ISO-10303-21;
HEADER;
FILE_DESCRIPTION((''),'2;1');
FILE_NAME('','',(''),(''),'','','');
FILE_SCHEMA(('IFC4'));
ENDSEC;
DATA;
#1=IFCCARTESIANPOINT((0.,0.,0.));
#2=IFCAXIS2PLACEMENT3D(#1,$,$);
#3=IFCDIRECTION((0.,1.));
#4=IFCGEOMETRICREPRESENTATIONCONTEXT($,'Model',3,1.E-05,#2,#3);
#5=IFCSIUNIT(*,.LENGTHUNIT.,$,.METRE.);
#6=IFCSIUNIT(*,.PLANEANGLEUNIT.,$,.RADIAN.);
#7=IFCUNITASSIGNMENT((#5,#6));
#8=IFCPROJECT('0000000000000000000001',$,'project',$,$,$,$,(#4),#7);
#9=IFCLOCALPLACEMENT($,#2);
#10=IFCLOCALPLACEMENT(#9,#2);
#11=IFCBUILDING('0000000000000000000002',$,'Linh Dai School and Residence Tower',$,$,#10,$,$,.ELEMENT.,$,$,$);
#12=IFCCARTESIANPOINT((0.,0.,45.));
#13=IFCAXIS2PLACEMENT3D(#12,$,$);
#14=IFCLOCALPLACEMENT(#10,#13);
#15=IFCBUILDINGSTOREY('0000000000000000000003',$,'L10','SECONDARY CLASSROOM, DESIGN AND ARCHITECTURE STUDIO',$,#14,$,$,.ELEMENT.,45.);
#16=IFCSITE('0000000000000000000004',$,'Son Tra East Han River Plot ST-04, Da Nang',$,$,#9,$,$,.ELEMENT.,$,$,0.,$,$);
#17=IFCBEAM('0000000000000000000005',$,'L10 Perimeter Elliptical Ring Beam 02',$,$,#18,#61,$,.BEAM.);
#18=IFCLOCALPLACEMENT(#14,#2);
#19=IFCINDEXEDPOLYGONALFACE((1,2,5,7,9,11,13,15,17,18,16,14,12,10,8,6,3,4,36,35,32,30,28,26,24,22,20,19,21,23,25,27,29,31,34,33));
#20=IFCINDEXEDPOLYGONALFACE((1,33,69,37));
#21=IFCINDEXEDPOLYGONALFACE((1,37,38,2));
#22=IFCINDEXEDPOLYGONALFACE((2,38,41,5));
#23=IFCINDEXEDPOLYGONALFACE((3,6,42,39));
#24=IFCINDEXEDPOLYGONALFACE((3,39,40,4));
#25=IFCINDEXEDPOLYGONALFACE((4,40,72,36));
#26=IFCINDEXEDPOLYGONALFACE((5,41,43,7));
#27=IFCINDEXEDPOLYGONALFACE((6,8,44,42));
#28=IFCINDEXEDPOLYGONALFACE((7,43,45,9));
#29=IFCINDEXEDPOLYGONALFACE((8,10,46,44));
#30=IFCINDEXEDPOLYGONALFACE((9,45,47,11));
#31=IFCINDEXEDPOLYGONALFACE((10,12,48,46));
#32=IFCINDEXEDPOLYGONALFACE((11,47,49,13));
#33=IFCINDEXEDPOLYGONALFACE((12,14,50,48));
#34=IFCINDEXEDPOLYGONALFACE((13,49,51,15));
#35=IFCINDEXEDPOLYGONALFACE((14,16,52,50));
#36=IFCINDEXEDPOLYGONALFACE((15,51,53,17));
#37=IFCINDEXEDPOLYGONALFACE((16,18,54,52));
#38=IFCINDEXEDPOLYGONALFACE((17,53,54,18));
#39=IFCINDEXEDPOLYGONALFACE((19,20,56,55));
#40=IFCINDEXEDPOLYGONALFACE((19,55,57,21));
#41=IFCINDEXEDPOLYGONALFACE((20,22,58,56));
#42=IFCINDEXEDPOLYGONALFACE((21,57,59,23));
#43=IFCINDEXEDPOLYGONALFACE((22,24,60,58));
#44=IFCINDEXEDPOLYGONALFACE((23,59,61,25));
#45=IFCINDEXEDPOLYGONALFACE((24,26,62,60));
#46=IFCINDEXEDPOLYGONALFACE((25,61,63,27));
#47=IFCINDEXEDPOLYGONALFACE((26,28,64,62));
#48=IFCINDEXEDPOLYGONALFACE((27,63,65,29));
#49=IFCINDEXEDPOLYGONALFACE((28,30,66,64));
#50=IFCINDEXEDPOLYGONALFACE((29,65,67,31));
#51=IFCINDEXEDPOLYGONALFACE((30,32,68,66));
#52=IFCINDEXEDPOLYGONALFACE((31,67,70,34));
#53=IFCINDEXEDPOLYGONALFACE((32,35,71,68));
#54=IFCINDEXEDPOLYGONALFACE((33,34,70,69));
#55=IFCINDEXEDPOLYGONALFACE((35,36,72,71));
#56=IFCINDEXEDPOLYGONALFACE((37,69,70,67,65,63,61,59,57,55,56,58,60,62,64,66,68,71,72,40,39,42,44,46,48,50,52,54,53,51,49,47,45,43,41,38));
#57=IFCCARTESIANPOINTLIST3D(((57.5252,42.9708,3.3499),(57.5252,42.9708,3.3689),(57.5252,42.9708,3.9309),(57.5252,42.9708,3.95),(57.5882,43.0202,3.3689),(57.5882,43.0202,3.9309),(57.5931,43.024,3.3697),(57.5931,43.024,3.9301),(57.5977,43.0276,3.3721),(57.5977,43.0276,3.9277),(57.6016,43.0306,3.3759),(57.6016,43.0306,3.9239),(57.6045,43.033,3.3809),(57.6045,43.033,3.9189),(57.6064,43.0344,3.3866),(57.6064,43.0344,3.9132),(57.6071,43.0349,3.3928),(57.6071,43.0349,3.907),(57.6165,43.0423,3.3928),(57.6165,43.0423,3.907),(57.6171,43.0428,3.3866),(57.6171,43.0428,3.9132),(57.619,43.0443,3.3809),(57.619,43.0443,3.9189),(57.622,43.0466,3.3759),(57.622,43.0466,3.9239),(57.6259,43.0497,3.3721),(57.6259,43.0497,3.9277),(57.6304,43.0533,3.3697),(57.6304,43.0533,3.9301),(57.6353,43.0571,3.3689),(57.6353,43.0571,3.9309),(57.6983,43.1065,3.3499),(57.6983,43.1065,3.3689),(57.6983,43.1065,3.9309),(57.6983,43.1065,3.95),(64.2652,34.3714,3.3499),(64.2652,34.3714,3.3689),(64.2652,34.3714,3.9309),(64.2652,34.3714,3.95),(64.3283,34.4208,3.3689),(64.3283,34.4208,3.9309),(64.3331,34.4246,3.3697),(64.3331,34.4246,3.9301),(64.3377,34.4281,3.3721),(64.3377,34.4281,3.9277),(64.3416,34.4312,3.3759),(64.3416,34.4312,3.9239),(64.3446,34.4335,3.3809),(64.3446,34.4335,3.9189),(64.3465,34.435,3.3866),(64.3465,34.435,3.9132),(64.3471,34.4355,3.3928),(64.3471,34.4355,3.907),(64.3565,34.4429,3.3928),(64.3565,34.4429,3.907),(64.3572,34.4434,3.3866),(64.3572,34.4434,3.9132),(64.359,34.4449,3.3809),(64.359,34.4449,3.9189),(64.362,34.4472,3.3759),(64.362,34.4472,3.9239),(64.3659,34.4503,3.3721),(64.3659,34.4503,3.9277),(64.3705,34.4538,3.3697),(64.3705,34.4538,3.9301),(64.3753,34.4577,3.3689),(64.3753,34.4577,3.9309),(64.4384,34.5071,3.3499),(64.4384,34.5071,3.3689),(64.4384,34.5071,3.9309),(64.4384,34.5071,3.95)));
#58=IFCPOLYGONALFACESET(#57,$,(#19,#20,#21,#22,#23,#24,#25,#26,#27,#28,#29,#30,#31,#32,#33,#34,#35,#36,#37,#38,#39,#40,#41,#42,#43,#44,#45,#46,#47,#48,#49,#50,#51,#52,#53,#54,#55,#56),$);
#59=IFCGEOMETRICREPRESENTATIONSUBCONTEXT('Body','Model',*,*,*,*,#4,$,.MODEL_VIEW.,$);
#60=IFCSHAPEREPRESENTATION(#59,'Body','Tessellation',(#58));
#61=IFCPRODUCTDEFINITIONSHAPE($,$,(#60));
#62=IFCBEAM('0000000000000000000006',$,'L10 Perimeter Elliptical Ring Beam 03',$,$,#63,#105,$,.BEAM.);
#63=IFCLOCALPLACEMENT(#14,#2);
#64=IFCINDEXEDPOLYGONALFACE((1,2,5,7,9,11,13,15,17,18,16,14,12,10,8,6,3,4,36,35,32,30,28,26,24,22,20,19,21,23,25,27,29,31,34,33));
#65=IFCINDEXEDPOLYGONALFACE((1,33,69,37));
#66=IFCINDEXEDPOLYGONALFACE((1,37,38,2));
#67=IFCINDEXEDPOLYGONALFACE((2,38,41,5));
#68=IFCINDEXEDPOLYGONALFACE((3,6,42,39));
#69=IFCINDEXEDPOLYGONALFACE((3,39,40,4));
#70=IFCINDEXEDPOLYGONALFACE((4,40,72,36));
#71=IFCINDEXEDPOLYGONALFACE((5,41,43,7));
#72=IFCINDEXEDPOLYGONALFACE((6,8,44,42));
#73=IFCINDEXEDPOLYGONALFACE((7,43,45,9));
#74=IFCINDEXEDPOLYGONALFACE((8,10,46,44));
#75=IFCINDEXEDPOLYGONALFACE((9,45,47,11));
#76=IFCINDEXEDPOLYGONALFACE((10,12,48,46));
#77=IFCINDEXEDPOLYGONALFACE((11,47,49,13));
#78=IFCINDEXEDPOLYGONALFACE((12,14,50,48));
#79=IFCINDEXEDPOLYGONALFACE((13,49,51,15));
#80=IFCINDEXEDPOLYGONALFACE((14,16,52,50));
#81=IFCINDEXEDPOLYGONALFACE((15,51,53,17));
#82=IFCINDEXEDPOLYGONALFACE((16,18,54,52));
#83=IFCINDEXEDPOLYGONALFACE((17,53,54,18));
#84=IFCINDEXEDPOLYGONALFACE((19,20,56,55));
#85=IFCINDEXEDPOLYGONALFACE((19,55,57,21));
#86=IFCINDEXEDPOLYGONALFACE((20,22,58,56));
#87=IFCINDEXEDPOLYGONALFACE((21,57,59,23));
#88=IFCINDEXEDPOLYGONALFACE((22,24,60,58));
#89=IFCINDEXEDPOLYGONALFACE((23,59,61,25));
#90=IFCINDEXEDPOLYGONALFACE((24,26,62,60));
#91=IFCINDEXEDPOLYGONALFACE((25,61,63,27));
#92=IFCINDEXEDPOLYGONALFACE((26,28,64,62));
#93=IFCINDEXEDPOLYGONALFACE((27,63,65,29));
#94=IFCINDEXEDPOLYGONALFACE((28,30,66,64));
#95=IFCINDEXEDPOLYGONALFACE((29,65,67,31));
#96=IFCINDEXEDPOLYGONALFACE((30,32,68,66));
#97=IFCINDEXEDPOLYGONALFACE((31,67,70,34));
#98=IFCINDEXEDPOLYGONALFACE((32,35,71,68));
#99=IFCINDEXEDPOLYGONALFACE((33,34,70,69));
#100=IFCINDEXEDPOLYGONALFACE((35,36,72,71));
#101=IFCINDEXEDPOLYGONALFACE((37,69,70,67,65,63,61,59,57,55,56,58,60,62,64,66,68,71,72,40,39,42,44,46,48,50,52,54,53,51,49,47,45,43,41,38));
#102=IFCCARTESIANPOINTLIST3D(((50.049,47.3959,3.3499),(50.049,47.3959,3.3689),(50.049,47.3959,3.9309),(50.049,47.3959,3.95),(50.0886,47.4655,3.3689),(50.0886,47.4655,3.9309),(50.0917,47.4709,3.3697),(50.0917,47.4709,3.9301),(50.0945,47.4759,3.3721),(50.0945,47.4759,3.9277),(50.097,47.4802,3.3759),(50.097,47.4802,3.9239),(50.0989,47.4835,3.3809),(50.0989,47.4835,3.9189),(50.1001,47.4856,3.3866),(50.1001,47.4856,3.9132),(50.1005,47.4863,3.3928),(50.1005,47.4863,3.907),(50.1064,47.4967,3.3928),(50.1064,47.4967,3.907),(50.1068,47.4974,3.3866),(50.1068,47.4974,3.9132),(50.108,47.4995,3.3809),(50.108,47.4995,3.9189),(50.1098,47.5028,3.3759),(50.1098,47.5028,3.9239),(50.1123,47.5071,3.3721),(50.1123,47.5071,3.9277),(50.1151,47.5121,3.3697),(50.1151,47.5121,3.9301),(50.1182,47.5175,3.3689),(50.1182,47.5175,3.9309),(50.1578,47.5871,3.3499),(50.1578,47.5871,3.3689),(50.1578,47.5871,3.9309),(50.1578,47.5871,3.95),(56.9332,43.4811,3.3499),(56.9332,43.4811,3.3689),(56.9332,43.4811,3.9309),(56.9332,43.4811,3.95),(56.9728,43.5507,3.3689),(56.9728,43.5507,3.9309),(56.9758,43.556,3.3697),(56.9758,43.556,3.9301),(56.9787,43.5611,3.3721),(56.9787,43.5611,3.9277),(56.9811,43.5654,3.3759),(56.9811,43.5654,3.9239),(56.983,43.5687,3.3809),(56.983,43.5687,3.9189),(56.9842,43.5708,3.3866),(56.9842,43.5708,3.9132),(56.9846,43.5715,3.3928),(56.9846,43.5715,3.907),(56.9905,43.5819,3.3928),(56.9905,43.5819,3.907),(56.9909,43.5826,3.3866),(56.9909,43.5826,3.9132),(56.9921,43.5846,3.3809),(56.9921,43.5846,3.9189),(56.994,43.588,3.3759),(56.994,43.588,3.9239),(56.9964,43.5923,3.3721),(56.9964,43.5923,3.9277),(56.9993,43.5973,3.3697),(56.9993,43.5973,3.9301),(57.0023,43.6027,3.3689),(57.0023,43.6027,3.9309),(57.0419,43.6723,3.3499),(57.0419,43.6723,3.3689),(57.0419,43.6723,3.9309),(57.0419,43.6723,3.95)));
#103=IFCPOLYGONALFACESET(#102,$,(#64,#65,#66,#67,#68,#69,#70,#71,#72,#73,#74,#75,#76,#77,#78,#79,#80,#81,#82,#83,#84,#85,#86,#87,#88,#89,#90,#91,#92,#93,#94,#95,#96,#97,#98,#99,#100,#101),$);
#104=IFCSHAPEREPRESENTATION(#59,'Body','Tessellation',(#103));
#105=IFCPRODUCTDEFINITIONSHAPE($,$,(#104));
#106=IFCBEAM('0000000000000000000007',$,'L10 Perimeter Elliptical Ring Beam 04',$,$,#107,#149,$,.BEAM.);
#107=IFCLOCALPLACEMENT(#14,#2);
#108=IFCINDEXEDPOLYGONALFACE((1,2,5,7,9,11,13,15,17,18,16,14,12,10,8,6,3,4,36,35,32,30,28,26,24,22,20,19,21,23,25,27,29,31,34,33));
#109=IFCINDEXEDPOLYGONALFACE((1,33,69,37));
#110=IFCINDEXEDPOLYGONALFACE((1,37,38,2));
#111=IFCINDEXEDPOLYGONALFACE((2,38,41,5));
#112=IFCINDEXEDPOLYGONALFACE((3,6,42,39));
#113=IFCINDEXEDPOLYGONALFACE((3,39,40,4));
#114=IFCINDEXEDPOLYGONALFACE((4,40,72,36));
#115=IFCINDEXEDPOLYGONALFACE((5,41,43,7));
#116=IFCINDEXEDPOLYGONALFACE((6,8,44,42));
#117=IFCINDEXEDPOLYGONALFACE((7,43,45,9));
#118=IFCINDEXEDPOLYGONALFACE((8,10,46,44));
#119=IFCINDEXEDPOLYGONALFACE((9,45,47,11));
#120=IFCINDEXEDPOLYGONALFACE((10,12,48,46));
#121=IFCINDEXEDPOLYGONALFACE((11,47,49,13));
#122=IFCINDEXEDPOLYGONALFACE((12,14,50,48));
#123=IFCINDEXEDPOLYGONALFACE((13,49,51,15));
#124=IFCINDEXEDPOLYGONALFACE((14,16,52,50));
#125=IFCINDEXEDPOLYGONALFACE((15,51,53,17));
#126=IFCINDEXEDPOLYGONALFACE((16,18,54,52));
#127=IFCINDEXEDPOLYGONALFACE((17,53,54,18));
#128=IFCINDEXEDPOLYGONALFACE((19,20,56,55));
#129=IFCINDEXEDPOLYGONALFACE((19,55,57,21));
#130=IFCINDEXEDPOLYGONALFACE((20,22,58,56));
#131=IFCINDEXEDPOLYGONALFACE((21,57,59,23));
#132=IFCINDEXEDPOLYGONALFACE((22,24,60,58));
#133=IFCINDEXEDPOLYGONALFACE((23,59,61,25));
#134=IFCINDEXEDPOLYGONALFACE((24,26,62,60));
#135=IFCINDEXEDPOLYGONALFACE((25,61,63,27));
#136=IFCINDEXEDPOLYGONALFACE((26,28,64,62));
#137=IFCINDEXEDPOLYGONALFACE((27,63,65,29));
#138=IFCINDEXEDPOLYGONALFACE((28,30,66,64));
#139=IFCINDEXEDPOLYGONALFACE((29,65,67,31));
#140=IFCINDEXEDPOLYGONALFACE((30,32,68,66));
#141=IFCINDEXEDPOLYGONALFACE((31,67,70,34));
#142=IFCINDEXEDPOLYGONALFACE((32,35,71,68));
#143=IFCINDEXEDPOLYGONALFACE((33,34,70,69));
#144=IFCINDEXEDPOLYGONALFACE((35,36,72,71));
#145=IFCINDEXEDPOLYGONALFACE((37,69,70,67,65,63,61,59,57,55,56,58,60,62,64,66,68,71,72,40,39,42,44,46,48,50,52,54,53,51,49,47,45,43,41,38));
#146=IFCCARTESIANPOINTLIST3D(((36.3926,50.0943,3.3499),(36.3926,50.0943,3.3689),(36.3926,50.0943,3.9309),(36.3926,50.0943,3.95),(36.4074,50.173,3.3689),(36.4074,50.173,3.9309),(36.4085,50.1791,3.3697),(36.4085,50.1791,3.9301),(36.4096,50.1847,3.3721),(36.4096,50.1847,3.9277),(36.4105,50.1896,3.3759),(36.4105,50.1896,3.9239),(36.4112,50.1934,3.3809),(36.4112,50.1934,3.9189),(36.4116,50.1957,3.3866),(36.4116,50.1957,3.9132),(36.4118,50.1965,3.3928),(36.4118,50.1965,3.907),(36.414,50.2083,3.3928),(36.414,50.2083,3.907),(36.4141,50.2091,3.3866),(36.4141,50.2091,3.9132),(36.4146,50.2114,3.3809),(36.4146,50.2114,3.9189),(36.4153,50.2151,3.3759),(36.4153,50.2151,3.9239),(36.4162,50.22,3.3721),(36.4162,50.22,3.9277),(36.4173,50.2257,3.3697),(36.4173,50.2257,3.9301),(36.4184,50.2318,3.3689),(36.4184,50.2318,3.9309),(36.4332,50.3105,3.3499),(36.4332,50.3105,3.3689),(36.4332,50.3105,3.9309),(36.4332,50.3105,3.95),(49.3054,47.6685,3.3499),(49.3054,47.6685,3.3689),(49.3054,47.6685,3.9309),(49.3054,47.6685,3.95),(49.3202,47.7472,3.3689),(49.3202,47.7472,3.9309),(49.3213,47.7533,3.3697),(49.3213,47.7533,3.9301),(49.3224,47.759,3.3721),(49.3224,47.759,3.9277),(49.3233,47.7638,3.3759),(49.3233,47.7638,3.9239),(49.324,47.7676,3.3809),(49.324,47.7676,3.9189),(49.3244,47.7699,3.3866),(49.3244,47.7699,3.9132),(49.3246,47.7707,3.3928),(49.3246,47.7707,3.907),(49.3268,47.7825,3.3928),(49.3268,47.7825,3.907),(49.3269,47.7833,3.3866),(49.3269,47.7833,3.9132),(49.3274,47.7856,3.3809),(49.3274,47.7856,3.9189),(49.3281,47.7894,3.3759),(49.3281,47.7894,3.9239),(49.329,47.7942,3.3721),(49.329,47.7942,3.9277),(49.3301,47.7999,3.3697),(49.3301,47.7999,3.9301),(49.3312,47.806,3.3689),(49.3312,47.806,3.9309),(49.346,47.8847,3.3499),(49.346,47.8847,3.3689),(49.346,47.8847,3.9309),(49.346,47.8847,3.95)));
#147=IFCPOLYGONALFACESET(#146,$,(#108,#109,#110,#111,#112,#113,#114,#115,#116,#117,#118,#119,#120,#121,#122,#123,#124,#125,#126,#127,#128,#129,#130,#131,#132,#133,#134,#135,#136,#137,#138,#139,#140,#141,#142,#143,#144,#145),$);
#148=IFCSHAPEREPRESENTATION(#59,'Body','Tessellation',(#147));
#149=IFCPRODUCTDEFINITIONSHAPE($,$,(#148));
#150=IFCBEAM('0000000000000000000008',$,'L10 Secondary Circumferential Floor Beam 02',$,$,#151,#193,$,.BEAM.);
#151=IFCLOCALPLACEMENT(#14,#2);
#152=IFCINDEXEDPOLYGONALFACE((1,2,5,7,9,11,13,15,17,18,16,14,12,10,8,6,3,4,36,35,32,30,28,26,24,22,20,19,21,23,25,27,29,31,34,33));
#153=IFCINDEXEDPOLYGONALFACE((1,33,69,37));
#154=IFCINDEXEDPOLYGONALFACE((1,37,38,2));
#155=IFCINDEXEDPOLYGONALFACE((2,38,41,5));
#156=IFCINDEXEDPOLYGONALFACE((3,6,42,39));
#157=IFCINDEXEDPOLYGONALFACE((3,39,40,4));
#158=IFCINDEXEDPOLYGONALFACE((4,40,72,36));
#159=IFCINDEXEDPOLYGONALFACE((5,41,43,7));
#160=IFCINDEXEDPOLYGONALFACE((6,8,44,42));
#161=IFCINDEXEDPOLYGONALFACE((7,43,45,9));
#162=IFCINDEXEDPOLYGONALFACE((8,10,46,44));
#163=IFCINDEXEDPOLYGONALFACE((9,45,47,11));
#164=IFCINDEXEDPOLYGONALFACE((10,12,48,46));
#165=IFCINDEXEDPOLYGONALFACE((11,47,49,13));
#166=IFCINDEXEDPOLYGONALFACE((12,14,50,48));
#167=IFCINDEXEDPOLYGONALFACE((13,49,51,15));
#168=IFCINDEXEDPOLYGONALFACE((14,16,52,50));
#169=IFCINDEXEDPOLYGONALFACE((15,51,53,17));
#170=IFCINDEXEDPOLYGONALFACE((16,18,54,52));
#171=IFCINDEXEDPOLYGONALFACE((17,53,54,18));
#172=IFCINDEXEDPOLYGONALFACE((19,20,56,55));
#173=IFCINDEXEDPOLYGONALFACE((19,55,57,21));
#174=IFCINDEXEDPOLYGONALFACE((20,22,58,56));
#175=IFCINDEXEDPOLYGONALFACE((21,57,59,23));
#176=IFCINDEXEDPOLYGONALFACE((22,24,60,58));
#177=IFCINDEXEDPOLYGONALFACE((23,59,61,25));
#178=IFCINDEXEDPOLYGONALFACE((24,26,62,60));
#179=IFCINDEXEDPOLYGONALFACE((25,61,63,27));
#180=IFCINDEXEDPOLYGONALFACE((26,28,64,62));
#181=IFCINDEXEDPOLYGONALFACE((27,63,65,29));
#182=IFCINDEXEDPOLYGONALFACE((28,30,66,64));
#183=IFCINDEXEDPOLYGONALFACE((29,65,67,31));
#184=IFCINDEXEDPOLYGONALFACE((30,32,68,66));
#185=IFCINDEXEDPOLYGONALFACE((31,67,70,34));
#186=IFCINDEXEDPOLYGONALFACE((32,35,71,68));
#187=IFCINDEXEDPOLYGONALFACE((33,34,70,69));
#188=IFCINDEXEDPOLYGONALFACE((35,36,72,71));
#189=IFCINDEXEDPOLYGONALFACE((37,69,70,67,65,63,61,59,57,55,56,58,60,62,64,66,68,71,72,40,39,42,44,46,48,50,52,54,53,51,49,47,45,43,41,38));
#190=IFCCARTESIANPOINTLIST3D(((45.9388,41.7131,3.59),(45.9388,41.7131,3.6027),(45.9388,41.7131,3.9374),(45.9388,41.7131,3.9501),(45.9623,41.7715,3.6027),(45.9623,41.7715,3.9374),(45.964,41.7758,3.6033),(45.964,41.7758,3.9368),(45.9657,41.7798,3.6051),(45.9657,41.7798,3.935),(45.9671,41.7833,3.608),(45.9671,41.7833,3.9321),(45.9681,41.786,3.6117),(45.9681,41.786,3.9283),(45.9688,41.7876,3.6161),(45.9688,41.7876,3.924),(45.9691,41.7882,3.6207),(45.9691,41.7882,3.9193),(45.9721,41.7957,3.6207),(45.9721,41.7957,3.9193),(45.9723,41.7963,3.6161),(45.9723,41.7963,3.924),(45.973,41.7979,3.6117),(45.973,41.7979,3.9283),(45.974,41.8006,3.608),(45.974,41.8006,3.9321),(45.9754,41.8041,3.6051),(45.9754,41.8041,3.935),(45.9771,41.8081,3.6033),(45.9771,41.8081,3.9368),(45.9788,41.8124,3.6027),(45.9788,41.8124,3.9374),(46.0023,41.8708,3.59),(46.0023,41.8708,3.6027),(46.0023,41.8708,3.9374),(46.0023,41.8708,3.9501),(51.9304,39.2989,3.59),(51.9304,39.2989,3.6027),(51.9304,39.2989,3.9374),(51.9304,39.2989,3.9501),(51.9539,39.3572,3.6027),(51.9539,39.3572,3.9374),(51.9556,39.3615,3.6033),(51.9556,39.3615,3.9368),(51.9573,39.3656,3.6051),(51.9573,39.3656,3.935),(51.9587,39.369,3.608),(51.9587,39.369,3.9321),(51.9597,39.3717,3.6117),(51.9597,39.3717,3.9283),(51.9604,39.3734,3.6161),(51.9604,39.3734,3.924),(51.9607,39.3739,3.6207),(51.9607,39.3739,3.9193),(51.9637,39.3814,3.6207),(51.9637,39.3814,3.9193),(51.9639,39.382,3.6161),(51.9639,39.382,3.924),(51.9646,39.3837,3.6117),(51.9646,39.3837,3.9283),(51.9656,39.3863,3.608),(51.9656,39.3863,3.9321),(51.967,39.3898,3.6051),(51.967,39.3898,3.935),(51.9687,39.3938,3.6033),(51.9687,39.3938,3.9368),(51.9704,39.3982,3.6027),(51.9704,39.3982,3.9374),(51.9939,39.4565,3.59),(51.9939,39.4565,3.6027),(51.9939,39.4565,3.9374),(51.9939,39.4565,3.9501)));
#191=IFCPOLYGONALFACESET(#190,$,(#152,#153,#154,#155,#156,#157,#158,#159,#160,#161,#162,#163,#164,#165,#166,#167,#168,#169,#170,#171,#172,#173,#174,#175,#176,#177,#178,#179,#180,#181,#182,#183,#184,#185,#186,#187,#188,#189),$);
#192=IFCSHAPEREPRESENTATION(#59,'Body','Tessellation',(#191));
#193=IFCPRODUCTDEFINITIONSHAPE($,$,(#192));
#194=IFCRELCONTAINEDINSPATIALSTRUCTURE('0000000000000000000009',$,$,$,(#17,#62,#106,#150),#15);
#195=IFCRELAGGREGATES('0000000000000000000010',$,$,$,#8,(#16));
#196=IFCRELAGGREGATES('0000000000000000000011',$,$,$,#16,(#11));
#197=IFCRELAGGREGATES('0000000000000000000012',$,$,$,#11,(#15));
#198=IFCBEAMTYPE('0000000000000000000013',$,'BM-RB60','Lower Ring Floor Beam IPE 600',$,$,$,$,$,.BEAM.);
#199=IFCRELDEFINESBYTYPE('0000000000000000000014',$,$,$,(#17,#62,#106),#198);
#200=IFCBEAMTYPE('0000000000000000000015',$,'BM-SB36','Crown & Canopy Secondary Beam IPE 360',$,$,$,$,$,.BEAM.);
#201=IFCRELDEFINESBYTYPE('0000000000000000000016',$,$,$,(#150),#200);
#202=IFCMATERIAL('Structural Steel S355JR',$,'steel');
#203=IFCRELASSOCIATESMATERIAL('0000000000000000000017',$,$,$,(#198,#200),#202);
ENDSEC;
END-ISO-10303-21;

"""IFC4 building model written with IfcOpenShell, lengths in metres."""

from ifc_helpers import new_model, si_unit, direction, frame, origin, origin_2d, place, context, subcontext, project, spatial, i_section, extrude, material, material_profile, profile_set, type_object, element, save


model = new_model("IFC4")

# Units and contexts
model_context = context("Model", 3, precision=1e-05, world=origin(), true_north=direction((0.0, 1.0)))
body_context = subcontext(model_context, "Body", "Model", "MODEL_VIEW")
ifc_project = project(units=[si_unit("LENGTHUNIT", "METRE"), si_unit("PLANEANGLEUNIT", "RADIAN")], contexts=[model_context])

# Site, building, storey
site_placement = place(None, origin())
site = spatial("IfcSite", under=ifc_project, at=site_placement, Name="Son Tra East Han River Plot ST-04, Da Nang", CompositionType="ELEMENT", RefElevation=0.0)
building_placement = place(site_placement, origin())
building = spatial("IfcBuilding", under=site, at=building_placement, Name="Linh Dai School and Residence Tower", CompositionType="ELEMENT")
storey_placement = place(building_placement, frame((0.0, 0.0, 45.0)))
storey = spatial("IfcBuildingStorey", under=building, at=storey_placement, Name="L10", Description="SECONDARY CLASSROOM, DESIGN AND ARCHITECTURE STUDIO", CompositionType="ELEMENT", Elevation=45.0)

# Shared definitions
ifc_material_1 = material(Name="Structural Steel S355JR", Category="steel")

# Beams
ifc_material_profile_1 = material_profile(ifc_material_1, i_section(OverallWidth=0.22, OverallDepth=0.6001, WebThickness=0.012, FlangeThickness=0.019, FilletRadius=0.0239, at=origin_2d()), Name="IPE 600")
ifc_profile_set_1 = profile_set([ifc_material_profile_1], Name="Structural Steel S355JR")
beam_type_1 = type_object("IfcBeamType", Name="BM-RB60", Description="Lower Ring Floor Beam IPE 600", PredefinedType="BEAM", material=ifc_profile_set_1)
beam_1_placement = place(storey_placement, frame((64.3518, 34.4392, 3.6499), z_axis=(-0.616879, 0.787058, 0.0), x_axis=(-0.787058, -0.616879, 0.0)))
element("IfcBeam", 1, at=beam_1_placement, inside=storey, type_object=beam_type_1, Name="L10 Perimeter Elliptical Ring Beam 02", PredefinedType="BEAM", context=body_context, shape_type="SweptSolid", body=[
    extrude(i_section(OverallWidth=0.22, OverallDepth=0.6001, WebThickness=0.012, FlangeThickness=0.019, FilletRadius=0.0239, at=origin_2d()), origin(), (0.0, 0.0, 1.0), 10.926),
])
beam_2_placement = place(storey_placement, frame((56.9875, 43.5767, 3.6499), z_axis=(-0.869271, 0.494335, 0.0), x_axis=(-0.494335, -0.869271, 0.0)))
element("IfcBeam", 2, at=beam_2_placement, inside=storey, type_object=beam_type_1, Name="L10 Perimeter Elliptical Ring Beam 03", PredefinedType="BEAM", context=body_context, shape_type="SweptSolid", body=[
    extrude(i_section(OverallWidth=0.22, OverallDepth=0.6001, WebThickness=0.012, FlangeThickness=0.019, FilletRadius=0.0239, at=origin_2d()), origin(), (0.0, 0.0, 1.0), 7.9194),
])
beam_3_placement = place(storey_placement, frame((49.3257, 47.7766, 3.6499), z_axis=(-0.982808, 0.184628, 0.0), x_axis=(-0.184628, -0.982808, 0.0)))
element("IfcBeam", 3, at=beam_3_placement, inside=storey, type_object=beam_type_1, Name="L10 Perimeter Elliptical Ring Beam 04", PredefinedType="BEAM", context=body_context, shape_type="SweptSolid", body=[
    extrude(i_section(OverallWidth=0.22, OverallDepth=0.6001, WebThickness=0.012, FlangeThickness=0.019, FilletRadius=0.0239, at=origin_2d()), origin(), (0.0, 0.0, 1.0), 13.1387),
])
ifc_material_profile_2 = material_profile(ifc_material_1, i_section(OverallWidth=0.1699, OverallDepth=0.3601, WebThickness=0.0081, FlangeThickness=0.0127, FilletRadius=0.0181, at=origin_2d()), Name="IPE 360")
ifc_profile_set_2 = profile_set([ifc_material_profile_2], Name="Structural Steel S355JR")
beam_type_2 = type_object("IfcBeamType", Name="BM-SB36", Description="Crown & Canopy Secondary Beam IPE 360", PredefinedType="BEAM", material=ifc_profile_set_2)
beam_4_placement = place(storey_placement, frame((51.9622, 39.3777, 3.77), z_axis=(-0.927533, 0.373742, 0.0), x_axis=(-0.373742, -0.927533, 0.0)))
element("IfcBeam", 4, at=beam_4_placement, inside=storey, type_object=beam_type_2, Name="L10 Secondary Circumferential Floor Beam 02", PredefinedType="BEAM", context=body_context, shape_type="SweptSolid", body=[
    extrude(i_section(OverallWidth=0.1699, OverallDepth=0.3601, WebThickness=0.0081, FlangeThickness=0.0127, FilletRadius=0.0181, at=origin_2d()), origin(), (0.0, 0.0, 1.0), 6.4597),
])

save(model, "model.ifc")
